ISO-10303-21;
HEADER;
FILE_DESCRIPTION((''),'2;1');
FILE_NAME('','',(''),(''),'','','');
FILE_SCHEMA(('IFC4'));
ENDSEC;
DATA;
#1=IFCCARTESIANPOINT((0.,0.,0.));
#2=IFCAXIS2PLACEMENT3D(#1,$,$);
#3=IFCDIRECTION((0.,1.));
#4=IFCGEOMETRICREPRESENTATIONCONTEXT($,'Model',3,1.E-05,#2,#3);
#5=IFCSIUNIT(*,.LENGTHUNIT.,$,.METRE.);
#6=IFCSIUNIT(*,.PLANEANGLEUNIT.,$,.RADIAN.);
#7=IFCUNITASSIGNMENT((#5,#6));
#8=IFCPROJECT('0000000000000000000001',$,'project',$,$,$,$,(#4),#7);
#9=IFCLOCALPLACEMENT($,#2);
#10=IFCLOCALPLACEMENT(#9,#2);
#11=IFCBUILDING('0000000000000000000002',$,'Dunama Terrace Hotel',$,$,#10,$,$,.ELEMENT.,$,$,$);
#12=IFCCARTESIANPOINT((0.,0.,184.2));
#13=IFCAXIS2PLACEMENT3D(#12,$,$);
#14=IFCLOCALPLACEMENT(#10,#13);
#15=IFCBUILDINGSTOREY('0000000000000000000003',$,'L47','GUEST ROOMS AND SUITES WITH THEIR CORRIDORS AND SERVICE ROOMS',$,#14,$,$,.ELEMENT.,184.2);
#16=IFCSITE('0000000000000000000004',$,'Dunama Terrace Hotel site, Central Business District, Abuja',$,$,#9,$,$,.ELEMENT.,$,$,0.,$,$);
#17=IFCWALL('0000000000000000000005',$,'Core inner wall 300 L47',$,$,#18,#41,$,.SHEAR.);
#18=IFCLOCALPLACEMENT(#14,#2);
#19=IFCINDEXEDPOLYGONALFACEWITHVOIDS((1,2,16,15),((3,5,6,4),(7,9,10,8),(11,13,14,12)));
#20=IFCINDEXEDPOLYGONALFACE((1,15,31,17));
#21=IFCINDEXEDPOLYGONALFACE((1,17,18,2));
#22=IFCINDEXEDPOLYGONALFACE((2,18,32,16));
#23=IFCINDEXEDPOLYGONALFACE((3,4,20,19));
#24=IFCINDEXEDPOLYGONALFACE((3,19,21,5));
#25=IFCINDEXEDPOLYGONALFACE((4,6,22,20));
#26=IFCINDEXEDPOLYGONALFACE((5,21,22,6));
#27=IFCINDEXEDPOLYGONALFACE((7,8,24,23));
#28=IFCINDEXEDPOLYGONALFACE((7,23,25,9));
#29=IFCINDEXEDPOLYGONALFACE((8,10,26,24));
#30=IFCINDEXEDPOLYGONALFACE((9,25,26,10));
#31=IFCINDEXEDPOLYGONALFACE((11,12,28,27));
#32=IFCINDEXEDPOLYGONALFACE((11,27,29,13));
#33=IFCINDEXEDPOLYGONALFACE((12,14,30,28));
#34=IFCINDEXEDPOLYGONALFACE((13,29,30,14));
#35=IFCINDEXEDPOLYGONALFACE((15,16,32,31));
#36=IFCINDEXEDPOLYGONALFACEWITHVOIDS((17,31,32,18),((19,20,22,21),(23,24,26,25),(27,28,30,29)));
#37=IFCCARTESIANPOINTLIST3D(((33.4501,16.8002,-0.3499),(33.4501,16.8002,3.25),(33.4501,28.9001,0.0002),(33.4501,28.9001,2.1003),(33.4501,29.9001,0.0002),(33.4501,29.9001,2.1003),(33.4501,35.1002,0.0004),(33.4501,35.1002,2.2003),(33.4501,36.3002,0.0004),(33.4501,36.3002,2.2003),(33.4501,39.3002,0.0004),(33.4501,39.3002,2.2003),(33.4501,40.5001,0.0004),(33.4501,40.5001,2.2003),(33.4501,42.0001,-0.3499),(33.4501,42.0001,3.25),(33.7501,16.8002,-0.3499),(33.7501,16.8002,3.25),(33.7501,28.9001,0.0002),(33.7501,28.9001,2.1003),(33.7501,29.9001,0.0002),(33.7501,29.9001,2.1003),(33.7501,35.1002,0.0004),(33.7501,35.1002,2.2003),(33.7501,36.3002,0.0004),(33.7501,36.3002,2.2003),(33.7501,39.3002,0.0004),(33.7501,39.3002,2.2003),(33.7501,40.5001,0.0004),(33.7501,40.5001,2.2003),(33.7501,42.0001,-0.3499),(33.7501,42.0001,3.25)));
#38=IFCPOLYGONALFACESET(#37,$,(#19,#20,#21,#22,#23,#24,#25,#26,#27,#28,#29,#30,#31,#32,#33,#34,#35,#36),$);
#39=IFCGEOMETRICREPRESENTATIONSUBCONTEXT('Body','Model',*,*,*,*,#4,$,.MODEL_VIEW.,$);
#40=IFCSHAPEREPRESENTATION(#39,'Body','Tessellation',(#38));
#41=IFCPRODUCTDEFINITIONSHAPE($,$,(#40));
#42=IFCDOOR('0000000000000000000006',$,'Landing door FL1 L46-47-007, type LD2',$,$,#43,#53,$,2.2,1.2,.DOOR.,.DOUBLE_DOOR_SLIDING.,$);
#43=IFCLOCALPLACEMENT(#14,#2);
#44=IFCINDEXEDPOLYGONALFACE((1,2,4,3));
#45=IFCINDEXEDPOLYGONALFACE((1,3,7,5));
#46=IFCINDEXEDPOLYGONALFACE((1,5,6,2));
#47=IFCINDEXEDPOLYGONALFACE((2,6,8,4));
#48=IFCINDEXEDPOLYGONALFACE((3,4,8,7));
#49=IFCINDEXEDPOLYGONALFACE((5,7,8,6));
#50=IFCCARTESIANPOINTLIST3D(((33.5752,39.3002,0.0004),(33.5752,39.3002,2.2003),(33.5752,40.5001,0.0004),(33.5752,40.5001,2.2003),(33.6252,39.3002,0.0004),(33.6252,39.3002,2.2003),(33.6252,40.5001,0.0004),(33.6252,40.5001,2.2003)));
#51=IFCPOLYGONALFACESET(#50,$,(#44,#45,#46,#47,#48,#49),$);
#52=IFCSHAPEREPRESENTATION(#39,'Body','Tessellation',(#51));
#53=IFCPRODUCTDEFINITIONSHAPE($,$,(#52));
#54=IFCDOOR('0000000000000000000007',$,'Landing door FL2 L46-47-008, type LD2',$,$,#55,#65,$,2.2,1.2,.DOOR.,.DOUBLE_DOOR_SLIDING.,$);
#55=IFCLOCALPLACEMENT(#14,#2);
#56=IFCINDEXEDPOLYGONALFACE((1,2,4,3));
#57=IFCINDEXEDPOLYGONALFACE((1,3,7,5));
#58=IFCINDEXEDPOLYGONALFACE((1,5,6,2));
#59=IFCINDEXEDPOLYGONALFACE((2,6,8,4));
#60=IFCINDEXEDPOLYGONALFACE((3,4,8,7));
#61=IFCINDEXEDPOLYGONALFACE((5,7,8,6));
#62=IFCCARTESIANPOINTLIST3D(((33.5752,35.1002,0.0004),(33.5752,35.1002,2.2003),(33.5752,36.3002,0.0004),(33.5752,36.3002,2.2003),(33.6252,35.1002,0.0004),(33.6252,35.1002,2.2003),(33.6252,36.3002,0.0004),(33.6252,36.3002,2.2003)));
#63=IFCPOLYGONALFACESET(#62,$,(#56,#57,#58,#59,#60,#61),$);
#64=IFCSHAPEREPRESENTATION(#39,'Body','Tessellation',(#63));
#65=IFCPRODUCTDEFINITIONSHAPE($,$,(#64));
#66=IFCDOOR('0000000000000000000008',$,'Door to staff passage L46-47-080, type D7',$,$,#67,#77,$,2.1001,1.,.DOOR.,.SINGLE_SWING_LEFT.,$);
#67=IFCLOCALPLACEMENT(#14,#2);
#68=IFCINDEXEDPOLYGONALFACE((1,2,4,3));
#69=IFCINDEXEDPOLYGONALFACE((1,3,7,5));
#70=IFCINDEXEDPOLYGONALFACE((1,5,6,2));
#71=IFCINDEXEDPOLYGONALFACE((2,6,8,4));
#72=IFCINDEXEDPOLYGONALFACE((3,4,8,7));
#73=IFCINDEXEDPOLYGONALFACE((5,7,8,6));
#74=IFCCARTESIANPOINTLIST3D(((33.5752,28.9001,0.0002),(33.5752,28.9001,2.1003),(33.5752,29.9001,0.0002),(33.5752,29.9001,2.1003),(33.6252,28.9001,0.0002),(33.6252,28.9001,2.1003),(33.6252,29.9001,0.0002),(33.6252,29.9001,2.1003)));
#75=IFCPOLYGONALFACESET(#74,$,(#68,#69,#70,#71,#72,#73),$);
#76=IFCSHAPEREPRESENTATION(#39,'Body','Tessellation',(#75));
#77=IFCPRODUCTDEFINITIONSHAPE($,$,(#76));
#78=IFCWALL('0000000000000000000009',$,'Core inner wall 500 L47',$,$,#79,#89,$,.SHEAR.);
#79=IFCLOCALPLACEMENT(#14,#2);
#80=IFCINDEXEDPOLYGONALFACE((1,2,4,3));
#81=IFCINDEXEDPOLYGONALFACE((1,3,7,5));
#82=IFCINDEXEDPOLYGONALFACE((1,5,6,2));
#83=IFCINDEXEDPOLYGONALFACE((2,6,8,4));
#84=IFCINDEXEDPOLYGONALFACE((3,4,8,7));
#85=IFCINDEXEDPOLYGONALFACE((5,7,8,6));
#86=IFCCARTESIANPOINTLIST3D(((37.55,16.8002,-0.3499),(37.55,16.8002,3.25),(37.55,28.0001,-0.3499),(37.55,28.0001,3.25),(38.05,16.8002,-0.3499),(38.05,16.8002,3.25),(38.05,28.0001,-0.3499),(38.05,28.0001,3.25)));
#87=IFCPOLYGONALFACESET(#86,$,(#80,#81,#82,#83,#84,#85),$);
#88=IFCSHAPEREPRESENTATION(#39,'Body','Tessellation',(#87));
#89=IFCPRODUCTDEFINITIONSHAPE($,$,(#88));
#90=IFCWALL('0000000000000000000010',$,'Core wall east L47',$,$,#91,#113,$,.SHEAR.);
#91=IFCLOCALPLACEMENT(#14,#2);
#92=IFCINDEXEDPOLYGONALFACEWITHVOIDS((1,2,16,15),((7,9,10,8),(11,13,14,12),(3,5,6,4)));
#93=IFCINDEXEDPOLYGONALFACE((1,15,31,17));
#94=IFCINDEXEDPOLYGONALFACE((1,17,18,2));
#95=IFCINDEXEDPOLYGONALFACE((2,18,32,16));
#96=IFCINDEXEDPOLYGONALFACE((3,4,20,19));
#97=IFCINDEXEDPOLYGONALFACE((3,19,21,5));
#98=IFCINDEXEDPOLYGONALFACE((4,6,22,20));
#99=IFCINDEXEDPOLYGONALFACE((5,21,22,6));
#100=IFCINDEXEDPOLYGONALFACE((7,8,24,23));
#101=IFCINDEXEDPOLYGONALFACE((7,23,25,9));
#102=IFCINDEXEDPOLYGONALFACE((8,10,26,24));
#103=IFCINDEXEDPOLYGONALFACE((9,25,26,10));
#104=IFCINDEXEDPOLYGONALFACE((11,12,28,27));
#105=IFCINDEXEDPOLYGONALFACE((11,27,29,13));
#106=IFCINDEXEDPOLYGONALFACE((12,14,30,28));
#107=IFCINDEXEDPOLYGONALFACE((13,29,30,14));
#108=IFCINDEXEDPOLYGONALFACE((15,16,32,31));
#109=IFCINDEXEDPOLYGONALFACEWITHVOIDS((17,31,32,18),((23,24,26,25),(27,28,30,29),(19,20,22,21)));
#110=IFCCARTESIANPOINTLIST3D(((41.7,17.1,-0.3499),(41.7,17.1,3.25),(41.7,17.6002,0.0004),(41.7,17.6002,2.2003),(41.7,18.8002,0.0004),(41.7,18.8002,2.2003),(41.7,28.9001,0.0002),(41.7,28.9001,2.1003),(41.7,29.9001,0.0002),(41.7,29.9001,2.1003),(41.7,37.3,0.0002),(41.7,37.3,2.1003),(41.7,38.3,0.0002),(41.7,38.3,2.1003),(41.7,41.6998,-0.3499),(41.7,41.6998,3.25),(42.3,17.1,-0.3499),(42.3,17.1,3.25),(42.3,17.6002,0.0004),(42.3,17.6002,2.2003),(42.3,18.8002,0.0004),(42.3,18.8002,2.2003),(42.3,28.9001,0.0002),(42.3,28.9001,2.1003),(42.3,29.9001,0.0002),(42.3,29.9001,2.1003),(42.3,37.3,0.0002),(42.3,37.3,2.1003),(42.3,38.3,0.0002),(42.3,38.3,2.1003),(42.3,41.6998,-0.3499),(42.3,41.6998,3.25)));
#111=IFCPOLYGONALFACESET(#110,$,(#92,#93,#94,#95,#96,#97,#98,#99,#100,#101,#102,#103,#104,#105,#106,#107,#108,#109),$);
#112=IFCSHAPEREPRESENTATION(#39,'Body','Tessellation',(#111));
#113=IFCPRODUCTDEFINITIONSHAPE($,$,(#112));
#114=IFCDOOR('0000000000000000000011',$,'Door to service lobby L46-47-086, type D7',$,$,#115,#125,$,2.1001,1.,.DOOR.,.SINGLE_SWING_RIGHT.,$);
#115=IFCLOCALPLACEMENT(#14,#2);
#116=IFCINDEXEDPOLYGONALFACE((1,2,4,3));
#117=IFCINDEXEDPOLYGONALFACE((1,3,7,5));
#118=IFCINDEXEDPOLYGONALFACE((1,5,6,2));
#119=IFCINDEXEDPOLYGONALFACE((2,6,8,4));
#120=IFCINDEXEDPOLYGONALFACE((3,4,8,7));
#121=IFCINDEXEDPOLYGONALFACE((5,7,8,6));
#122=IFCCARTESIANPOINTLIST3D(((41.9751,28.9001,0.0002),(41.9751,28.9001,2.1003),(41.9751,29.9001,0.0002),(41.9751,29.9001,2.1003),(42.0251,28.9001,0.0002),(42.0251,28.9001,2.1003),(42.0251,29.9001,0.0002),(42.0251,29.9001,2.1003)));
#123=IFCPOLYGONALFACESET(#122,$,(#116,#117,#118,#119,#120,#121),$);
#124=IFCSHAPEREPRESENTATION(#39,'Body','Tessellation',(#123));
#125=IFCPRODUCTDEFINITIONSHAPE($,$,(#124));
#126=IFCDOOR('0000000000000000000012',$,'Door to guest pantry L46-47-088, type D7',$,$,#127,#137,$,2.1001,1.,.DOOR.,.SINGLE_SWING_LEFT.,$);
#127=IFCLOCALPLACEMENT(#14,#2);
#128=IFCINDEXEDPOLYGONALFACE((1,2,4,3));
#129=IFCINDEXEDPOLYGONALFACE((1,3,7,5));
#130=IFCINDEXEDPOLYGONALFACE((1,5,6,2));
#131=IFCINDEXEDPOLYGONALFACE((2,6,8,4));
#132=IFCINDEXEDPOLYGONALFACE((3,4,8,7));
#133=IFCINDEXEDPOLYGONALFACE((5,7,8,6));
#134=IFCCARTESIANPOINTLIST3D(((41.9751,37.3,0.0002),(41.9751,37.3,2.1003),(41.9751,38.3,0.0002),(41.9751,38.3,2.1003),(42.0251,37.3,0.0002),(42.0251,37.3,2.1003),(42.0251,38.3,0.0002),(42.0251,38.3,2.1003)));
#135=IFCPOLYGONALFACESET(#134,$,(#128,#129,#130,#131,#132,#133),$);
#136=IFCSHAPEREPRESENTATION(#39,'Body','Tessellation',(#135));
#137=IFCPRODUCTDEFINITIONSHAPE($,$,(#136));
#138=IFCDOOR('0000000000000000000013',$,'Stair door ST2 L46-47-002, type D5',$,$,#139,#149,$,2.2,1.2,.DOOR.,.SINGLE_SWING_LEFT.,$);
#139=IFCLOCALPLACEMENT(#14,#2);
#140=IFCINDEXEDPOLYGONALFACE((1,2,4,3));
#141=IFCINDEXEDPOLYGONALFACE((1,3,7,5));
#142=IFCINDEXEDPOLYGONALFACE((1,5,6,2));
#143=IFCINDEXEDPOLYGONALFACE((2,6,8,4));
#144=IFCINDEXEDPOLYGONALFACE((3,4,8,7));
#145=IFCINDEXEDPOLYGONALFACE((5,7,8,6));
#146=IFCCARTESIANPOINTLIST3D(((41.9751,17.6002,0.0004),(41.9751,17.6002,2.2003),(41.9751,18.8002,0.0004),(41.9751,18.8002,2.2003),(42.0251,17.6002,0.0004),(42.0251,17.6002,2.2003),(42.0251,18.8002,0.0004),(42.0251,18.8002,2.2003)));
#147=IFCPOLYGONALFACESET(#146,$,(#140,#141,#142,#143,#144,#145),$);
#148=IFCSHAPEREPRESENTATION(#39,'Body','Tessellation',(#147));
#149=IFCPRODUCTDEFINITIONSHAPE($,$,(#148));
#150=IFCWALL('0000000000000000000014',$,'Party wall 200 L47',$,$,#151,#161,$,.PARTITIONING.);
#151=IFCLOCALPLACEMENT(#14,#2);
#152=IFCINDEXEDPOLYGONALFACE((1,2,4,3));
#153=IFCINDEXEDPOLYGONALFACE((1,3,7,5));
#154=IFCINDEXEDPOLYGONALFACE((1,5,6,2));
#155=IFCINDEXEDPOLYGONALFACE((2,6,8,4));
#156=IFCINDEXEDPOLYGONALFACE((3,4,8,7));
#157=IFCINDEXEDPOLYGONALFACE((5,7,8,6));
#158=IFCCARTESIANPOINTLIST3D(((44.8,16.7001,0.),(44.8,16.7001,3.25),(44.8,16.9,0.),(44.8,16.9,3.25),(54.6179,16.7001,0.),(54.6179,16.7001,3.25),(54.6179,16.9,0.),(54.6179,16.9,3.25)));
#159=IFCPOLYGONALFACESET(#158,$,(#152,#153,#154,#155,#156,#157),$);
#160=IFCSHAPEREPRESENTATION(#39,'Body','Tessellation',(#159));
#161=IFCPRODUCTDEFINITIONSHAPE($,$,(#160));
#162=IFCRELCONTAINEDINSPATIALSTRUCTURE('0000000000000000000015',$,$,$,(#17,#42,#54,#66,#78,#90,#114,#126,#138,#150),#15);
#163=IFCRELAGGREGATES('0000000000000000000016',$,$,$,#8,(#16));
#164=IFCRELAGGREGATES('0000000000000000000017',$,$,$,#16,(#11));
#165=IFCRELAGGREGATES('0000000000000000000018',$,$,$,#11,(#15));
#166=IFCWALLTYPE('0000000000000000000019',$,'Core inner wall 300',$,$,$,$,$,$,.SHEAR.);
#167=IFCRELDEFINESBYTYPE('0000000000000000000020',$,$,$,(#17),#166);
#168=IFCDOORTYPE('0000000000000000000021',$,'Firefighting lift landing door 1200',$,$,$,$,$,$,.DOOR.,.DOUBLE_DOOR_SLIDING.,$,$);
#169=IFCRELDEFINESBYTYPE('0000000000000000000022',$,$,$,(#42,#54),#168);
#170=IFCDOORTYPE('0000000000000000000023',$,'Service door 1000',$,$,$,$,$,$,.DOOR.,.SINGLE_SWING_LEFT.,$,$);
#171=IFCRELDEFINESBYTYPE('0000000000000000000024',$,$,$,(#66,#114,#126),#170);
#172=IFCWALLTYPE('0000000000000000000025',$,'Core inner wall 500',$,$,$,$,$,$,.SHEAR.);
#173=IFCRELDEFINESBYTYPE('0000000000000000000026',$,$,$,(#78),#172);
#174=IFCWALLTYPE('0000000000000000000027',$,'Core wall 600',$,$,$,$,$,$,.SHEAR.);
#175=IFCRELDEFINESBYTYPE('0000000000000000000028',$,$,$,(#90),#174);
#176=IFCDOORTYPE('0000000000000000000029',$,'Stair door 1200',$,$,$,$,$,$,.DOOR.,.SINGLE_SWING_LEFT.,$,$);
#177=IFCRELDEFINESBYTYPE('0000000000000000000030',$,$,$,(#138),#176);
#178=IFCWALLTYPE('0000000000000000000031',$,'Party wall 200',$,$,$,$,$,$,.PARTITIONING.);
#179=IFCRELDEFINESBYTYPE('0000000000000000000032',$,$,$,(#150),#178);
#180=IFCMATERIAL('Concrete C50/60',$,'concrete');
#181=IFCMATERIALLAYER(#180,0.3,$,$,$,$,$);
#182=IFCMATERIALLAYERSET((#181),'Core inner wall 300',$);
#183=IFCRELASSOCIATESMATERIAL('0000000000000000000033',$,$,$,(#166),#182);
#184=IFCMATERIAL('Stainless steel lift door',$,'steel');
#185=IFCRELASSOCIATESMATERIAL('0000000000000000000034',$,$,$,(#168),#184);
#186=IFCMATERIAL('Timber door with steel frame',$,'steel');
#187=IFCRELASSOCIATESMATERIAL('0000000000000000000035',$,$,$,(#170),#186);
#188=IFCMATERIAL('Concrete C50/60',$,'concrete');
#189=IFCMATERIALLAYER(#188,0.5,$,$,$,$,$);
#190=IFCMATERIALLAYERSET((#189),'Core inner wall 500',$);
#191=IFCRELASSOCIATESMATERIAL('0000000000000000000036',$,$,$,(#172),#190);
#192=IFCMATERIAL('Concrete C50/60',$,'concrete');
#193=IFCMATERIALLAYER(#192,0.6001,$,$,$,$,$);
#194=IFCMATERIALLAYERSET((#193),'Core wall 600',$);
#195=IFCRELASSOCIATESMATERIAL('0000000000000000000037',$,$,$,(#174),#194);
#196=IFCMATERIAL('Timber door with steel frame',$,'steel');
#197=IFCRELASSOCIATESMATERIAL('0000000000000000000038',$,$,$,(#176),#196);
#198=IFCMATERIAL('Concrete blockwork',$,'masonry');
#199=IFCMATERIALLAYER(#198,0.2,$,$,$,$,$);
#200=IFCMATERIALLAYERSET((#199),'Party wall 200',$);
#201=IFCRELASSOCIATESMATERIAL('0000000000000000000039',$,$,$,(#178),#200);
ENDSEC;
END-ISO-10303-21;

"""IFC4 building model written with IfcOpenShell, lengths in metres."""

from ifc_helpers import new_model, si_unit, direction, frame, frame_2d, origin, place, context, subcontext, project, spatial, rectangle, extrude, material, layer, layer_set, type_object, element, fill, save


model = new_model("IFC4")

# Units and contexts
model_context = context("Model", 3, precision=1e-05, world=origin(), true_north=direction((0.0, 1.0)))
body_context = subcontext(model_context, "Body", "Model", "MODEL_VIEW")
ifc_project = project(units=[si_unit("LENGTHUNIT", "METRE"), si_unit("PLANEANGLEUNIT", "RADIAN")], contexts=[model_context])

# Site, building, storey
site_placement = place(None, origin())
site = spatial("IfcSite", under=ifc_project, at=site_placement, Name="Dunama Terrace Hotel site, Central Business District, Abuja", CompositionType="ELEMENT", RefElevation=0.0)
building_placement = place(site_placement, origin())
building = spatial("IfcBuilding", under=site, at=building_placement, Name="Dunama Terrace Hotel", CompositionType="ELEMENT")
storey_placement = place(building_placement, frame((0.0, 0.0, 184.2)))
storey = spatial("IfcBuildingStorey", under=building, at=storey_placement, Name="L47", Description="GUEST ROOMS AND SUITES WITH THEIR CORRIDORS AND SERVICE ROOMS", CompositionType="ELEMENT", Elevation=184.2)

# Wall, openings, doors
ifc_material_1 = material(Name="Concrete C50/60", Category="concrete")
ifc_layer_1 = layer(ifc_material_1, 0.3)
ifc_layer_set_1 = layer_set([ifc_layer_1], Name="Core inner wall 300")
wall_type_1 = type_object("IfcWallType", Name="Core inner wall 300", PredefinedType="SHEAR", material=ifc_layer_set_1)
wall_1_placement = place(storey_placement, frame((33.6001, 16.8, -0.3499), z_axis=(0.0, 0.0, 1.0), x_axis=(0.0, 1.0, 0.0)))
wall_1 = element("IfcWall", 1, at=wall_1_placement, inside=storey, type_object=wall_type_1, Name="Core inner wall 300 L47", PredefinedType="SHEAR", context=body_context, shape_type="SweptSolid", body=[
    extrude(rectangle(XDim=25.2, YDim=0.3, at=frame_2d((12.6001, 0.0))), origin(), (0.0, 0.0, 1.0), 3.5999),
])
opening_1_placement = place(wall_1_placement, frame((22.5, 0.0, 0.3501)))
opening_1 = element("IfcOpeningElement", 2, at=opening_1_placement, cuts=wall_1, PredefinedType="OPENING", context=body_context, shape_type="SweptSolid", body=[
    extrude(rectangle(XDim=1.2, YDim=2.2, at=frame_2d((0.6001, 1.1001))), frame((0.0, 0.1599, 0.0), z_axis=(0.0, -1.0, 0.0), x_axis=(1.0, 0.0, 0.0)), (0.0, 0.0, 1.0), 0.3201),
])
opening_2_placement = place(wall_1_placement, frame((18.3, 0.0, 0.3501)))
opening_2 = element("IfcOpeningElement", 3, at=opening_2_placement, cuts=wall_1, PredefinedType="OPENING", context=body_context, shape_type="SweptSolid", body=[
    extrude(rectangle(XDim=1.2, YDim=2.2, at=frame_2d((0.6001, 1.1001))), frame((0.0, 0.1599, 0.0), z_axis=(0.0, -1.0, 0.0), x_axis=(1.0, 0.0, 0.0)), (0.0, 0.0, 1.0), 0.3201),
])
opening_3_placement = place(wall_1_placement, frame((12.1001, 0.0, 0.3501)))
opening_3 = element("IfcOpeningElement", 4, at=opening_3_placement, cuts=wall_1, PredefinedType="OPENING", context=body_context, shape_type="SweptSolid", body=[
    extrude(rectangle(XDim=1.0, YDim=2.1001, at=frame_2d((0.5, 1.05))), frame((0.0, 0.1599, 0.0), z_axis=(0.0, -1.0, 0.0), x_axis=(1.0, 0.0, 0.0)), (0.0, 0.0, 1.0), 0.3201),
])
ifc_material_2 = material(Name="Stainless steel lift door", Category="steel")
door_type_1 = type_object("IfcDoorType", Name="Firefighting lift landing door 1200", OperationType="DOUBLE_DOOR_SLIDING", PredefinedType="DOOR", material=ifc_material_2)
door_1_placement = place(opening_1_placement, origin())
door_1 = element("IfcDoor", 5, at=door_1_placement, inside=storey, type_object=door_type_1, Name="Landing door FL1 L46-47-007, type LD2", OperationType="DOUBLE_DOOR_SLIDING", OverallHeight=2.2, OverallWidth=1.2, PredefinedType="DOOR", context=body_context, shape_type="SweptSolid", body=[
    extrude(rectangle(XDim=1.2, YDim=2.2, at=frame_2d((0.6001, 1.1001))), frame((0.0, 0.0249, 0.0), z_axis=(0.0, -1.0, 0.0), x_axis=(1.0, 0.0, 0.0)), (0.0, 0.0, 1.0), 0.05),
])
fill(opening_1, door_1)
door_2_placement = place(opening_2_placement, origin())
door_2 = element("IfcDoor", 6, at=door_2_placement, inside=storey, type_object=door_type_1, Name="Landing door FL2 L46-47-008, type LD2", OperationType="DOUBLE_DOOR_SLIDING", OverallHeight=2.2, OverallWidth=1.2, PredefinedType="DOOR", context=body_context, shape_type="SweptSolid", body=[
    extrude(rectangle(XDim=1.2, YDim=2.2, at=frame_2d((0.6001, 1.1001))), frame((0.0, 0.0249, 0.0), z_axis=(0.0, -1.0, 0.0), x_axis=(1.0, 0.0, 0.0)), (0.0, 0.0, 1.0), 0.05),
])
fill(opening_2, door_2)
ifc_material_3 = material(Name="Timber door with steel frame", Category="steel")
door_type_2 = type_object("IfcDoorType", Name="Service door 1000", OperationType="SINGLE_SWING_LEFT", PredefinedType="DOOR", material=ifc_material_3)
door_3_placement = place(opening_3_placement, origin())
door_3 = element("IfcDoor", 7, at=door_3_placement, inside=storey, type_object=door_type_2, Name="Door to staff passage L46-47-080, type D7", OperationType="SINGLE_SWING_LEFT", OverallHeight=2.1001, OverallWidth=1.0, PredefinedType="DOOR", context=body_context, shape_type="SweptSolid", body=[
    extrude(rectangle(XDim=1.0, YDim=2.1001, at=frame_2d((0.5, 1.05))), frame((0.0, 0.0249, 0.0), z_axis=(0.0, -1.0, 0.0), x_axis=(1.0, 0.0, 0.0)), (0.0, 0.0, 1.0), 0.05),
])
fill(opening_3, door_3)

# Wall
ifc_material_4 = material(Name="Concrete C50/60", Category="concrete")
ifc_layer_2 = layer(ifc_material_4, 0.5)
ifc_layer_set_2 = layer_set([ifc_layer_2], Name="Core inner wall 500")
wall_type_2 = type_object("IfcWallType", Name="Core inner wall 500", PredefinedType="SHEAR", material=ifc_layer_set_2)
wall_2_placement = place(storey_placement, frame((37.8, 16.8, -0.3499), z_axis=(0.0, 0.0, 1.0), x_axis=(0.0, 1.0, 0.0)))
element("IfcWall", 8, at=wall_2_placement, inside=storey, type_object=wall_type_2, Name="Core inner wall 500 L47", PredefinedType="SHEAR", context=body_context, shape_type="SweptSolid", body=[
    extrude(rectangle(XDim=11.2, YDim=0.5, at=frame_2d((5.6001, 0.0))), origin(), (0.0, 0.0, 1.0), 3.5999),
])

# Wall, openings, doors
ifc_material_5 = material(Name="Concrete C50/60", Category="concrete")
ifc_layer_3 = layer(ifc_material_5, 0.6001)
ifc_layer_set_3 = layer_set([ifc_layer_3], Name="Core wall 600")
wall_type_3 = type_object("IfcWallType", Name="Core wall 600", PredefinedType="SHEAR", material=ifc_layer_set_3)
wall_3_placement = place(storey_placement, frame((42.0, 17.1001, -0.3499), z_axis=(0.0, 0.0, 1.0), x_axis=(0.0, 1.0, 0.0)))
wall_3 = element("IfcWall", 9, at=wall_3_placement, inside=storey, type_object=wall_type_3, Name="Core wall east L47", PredefinedType="SHEAR", context=body_context, shape_type="SweptSolid", body=[
    extrude(rectangle(XDim=24.5999, YDim=0.6001, at=frame_2d((12.2998, 0.0))), origin(), (0.0, 0.0, 1.0), 3.5999),
])
opening_4_placement = place(wall_3_placement, frame((0.5, 0.0, 0.3501)))
opening_4 = element("IfcOpeningElement", 10, at=opening_4_placement, cuts=wall_3, PredefinedType="OPENING", context=body_context, shape_type="SweptSolid", body=[
    extrude(rectangle(XDim=1.2, YDim=2.2, at=frame_2d((0.6001, 1.1001))), frame((0.0, 0.3101, 0.0), z_axis=(0.0, -1.0, 0.0), x_axis=(1.0, 0.0, 0.0)), (0.0, 0.0, 1.0), 0.6201),
])
opening_5_placement = place(wall_3_placement, frame((11.8, 0.0, 0.3501)))
opening_5 = element("IfcOpeningElement", 11, at=opening_5_placement, cuts=wall_3, PredefinedType="OPENING", context=body_context, shape_type="SweptSolid", body=[
    extrude(rectangle(XDim=1.0, YDim=2.1001, at=frame_2d((0.5, 1.05))), frame((0.0, 0.3101, 0.0), z_axis=(0.0, -1.0, 0.0), x_axis=(1.0, 0.0, 0.0)), (0.0, 0.0, 1.0), 0.6201),
])
opening_6_placement = place(wall_3_placement, frame((20.2, 0.0, 0.3501)))
opening_6 = element("IfcOpeningElement", 12, at=opening_6_placement, cuts=wall_3, PredefinedType="OPENING", context=body_context, shape_type="SweptSolid", body=[
    extrude(rectangle(XDim=1.0, YDim=2.1001, at=frame_2d((0.5, 1.05))), frame((0.0, 0.3101, 0.0), z_axis=(0.0, -1.0, 0.0), x_axis=(1.0, 0.0, 0.0)), (0.0, 0.0, 1.0), 0.6201),
])
door_4_placement = place(opening_5_placement, origin())
door_4 = element("IfcDoor", 13, at=door_4_placement, inside=storey, type_object=door_type_2, Name="Door to service lobby L46-47-086, type D7", OperationType="SINGLE_SWING_RIGHT", OverallHeight=2.1001, OverallWidth=1.0, PredefinedType="DOOR", context=body_context, shape_type="SweptSolid", body=[
    extrude(rectangle(XDim=1.0, YDim=2.1001, at=frame_2d((0.5, 1.05))), frame((0.0, 0.0249, 0.0), z_axis=(0.0, -1.0, 0.0), x_axis=(1.0, 0.0, 0.0)), (0.0, 0.0, 1.0), 0.05),
])
fill(opening_5, door_4)
door_5_placement = place(opening_6_placement, origin())
door_5 = element("IfcDoor", 14, at=door_5_placement, inside=storey, type_object=door_type_2, Name="Door to guest pantry L46-47-088, type D7", OperationType="SINGLE_SWING_LEFT", OverallHeight=2.1001, OverallWidth=1.0, PredefinedType="DOOR", context=body_context, shape_type="SweptSolid", body=[
    extrude(rectangle(XDim=1.0, YDim=2.1001, at=frame_2d((0.5, 1.05))), frame((0.0, 0.0249, 0.0), z_axis=(0.0, -1.0, 0.0), x_axis=(1.0, 0.0, 0.0)), (0.0, 0.0, 1.0), 0.05),
])
fill(opening_6, door_5)
ifc_material_6 = material(Name="Timber door with steel frame", Category="steel")
door_type_3 = type_object("IfcDoorType", Name="Stair door 1200", OperationType="SINGLE_SWING_LEFT", PredefinedType="DOOR", material=ifc_material_6)
door_6_placement = place(opening_4_placement, origin())
door_6 = element("IfcDoor", 15, at=door_6_placement, inside=storey, type_object=door_type_3, Name="Stair door ST2 L46-47-002, type D5", OperationType="SINGLE_SWING_LEFT", OverallHeight=2.2, OverallWidth=1.2, PredefinedType="DOOR", context=body_context, shape_type="SweptSolid", body=[
    extrude(rectangle(XDim=1.2, YDim=2.2, at=frame_2d((0.6001, 1.1001))), frame((0.0, 0.0249, 0.0), z_axis=(0.0, -1.0, 0.0), x_axis=(1.0, 0.0, 0.0)), (0.0, 0.0, 1.0), 0.05),
])
fill(opening_4, door_6)

# Wall
ifc_material_7 = material(Name="Concrete blockwork", Category="masonry")
ifc_layer_4 = layer(ifc_material_7, 0.2)
ifc_layer_set_4 = layer_set([ifc_layer_4], Name="Party wall 200")
wall_type_4 = type_object("IfcWallType", Name="Party wall 200", PredefinedType="PARTITIONING", material=ifc_layer_set_4)
for number, where, z_axis, x_axis, name in (
    (16, (44.8, 16.8, 0.0), (0.0, 0.0, 1.0), (1.0, 0.0, 0.0), "Party wall 200 L47"),
):
    element("IfcWall", number, at=place(storey_placement, frame(where, z_axis=z_axis, x_axis=x_axis)), inside=storey, type_object=wall_type_4, Name=name, PredefinedType="PARTITIONING", context=body_context, shape_type="SweptSolid", body=[
        extrude(rectangle(XDim=9.8179, YDim=0.2, at=frame_2d((4.9089, 0.0))), origin(), (0.0, 0.0, 1.0), 3.25),
    ])

save(model, "model.ifc")
